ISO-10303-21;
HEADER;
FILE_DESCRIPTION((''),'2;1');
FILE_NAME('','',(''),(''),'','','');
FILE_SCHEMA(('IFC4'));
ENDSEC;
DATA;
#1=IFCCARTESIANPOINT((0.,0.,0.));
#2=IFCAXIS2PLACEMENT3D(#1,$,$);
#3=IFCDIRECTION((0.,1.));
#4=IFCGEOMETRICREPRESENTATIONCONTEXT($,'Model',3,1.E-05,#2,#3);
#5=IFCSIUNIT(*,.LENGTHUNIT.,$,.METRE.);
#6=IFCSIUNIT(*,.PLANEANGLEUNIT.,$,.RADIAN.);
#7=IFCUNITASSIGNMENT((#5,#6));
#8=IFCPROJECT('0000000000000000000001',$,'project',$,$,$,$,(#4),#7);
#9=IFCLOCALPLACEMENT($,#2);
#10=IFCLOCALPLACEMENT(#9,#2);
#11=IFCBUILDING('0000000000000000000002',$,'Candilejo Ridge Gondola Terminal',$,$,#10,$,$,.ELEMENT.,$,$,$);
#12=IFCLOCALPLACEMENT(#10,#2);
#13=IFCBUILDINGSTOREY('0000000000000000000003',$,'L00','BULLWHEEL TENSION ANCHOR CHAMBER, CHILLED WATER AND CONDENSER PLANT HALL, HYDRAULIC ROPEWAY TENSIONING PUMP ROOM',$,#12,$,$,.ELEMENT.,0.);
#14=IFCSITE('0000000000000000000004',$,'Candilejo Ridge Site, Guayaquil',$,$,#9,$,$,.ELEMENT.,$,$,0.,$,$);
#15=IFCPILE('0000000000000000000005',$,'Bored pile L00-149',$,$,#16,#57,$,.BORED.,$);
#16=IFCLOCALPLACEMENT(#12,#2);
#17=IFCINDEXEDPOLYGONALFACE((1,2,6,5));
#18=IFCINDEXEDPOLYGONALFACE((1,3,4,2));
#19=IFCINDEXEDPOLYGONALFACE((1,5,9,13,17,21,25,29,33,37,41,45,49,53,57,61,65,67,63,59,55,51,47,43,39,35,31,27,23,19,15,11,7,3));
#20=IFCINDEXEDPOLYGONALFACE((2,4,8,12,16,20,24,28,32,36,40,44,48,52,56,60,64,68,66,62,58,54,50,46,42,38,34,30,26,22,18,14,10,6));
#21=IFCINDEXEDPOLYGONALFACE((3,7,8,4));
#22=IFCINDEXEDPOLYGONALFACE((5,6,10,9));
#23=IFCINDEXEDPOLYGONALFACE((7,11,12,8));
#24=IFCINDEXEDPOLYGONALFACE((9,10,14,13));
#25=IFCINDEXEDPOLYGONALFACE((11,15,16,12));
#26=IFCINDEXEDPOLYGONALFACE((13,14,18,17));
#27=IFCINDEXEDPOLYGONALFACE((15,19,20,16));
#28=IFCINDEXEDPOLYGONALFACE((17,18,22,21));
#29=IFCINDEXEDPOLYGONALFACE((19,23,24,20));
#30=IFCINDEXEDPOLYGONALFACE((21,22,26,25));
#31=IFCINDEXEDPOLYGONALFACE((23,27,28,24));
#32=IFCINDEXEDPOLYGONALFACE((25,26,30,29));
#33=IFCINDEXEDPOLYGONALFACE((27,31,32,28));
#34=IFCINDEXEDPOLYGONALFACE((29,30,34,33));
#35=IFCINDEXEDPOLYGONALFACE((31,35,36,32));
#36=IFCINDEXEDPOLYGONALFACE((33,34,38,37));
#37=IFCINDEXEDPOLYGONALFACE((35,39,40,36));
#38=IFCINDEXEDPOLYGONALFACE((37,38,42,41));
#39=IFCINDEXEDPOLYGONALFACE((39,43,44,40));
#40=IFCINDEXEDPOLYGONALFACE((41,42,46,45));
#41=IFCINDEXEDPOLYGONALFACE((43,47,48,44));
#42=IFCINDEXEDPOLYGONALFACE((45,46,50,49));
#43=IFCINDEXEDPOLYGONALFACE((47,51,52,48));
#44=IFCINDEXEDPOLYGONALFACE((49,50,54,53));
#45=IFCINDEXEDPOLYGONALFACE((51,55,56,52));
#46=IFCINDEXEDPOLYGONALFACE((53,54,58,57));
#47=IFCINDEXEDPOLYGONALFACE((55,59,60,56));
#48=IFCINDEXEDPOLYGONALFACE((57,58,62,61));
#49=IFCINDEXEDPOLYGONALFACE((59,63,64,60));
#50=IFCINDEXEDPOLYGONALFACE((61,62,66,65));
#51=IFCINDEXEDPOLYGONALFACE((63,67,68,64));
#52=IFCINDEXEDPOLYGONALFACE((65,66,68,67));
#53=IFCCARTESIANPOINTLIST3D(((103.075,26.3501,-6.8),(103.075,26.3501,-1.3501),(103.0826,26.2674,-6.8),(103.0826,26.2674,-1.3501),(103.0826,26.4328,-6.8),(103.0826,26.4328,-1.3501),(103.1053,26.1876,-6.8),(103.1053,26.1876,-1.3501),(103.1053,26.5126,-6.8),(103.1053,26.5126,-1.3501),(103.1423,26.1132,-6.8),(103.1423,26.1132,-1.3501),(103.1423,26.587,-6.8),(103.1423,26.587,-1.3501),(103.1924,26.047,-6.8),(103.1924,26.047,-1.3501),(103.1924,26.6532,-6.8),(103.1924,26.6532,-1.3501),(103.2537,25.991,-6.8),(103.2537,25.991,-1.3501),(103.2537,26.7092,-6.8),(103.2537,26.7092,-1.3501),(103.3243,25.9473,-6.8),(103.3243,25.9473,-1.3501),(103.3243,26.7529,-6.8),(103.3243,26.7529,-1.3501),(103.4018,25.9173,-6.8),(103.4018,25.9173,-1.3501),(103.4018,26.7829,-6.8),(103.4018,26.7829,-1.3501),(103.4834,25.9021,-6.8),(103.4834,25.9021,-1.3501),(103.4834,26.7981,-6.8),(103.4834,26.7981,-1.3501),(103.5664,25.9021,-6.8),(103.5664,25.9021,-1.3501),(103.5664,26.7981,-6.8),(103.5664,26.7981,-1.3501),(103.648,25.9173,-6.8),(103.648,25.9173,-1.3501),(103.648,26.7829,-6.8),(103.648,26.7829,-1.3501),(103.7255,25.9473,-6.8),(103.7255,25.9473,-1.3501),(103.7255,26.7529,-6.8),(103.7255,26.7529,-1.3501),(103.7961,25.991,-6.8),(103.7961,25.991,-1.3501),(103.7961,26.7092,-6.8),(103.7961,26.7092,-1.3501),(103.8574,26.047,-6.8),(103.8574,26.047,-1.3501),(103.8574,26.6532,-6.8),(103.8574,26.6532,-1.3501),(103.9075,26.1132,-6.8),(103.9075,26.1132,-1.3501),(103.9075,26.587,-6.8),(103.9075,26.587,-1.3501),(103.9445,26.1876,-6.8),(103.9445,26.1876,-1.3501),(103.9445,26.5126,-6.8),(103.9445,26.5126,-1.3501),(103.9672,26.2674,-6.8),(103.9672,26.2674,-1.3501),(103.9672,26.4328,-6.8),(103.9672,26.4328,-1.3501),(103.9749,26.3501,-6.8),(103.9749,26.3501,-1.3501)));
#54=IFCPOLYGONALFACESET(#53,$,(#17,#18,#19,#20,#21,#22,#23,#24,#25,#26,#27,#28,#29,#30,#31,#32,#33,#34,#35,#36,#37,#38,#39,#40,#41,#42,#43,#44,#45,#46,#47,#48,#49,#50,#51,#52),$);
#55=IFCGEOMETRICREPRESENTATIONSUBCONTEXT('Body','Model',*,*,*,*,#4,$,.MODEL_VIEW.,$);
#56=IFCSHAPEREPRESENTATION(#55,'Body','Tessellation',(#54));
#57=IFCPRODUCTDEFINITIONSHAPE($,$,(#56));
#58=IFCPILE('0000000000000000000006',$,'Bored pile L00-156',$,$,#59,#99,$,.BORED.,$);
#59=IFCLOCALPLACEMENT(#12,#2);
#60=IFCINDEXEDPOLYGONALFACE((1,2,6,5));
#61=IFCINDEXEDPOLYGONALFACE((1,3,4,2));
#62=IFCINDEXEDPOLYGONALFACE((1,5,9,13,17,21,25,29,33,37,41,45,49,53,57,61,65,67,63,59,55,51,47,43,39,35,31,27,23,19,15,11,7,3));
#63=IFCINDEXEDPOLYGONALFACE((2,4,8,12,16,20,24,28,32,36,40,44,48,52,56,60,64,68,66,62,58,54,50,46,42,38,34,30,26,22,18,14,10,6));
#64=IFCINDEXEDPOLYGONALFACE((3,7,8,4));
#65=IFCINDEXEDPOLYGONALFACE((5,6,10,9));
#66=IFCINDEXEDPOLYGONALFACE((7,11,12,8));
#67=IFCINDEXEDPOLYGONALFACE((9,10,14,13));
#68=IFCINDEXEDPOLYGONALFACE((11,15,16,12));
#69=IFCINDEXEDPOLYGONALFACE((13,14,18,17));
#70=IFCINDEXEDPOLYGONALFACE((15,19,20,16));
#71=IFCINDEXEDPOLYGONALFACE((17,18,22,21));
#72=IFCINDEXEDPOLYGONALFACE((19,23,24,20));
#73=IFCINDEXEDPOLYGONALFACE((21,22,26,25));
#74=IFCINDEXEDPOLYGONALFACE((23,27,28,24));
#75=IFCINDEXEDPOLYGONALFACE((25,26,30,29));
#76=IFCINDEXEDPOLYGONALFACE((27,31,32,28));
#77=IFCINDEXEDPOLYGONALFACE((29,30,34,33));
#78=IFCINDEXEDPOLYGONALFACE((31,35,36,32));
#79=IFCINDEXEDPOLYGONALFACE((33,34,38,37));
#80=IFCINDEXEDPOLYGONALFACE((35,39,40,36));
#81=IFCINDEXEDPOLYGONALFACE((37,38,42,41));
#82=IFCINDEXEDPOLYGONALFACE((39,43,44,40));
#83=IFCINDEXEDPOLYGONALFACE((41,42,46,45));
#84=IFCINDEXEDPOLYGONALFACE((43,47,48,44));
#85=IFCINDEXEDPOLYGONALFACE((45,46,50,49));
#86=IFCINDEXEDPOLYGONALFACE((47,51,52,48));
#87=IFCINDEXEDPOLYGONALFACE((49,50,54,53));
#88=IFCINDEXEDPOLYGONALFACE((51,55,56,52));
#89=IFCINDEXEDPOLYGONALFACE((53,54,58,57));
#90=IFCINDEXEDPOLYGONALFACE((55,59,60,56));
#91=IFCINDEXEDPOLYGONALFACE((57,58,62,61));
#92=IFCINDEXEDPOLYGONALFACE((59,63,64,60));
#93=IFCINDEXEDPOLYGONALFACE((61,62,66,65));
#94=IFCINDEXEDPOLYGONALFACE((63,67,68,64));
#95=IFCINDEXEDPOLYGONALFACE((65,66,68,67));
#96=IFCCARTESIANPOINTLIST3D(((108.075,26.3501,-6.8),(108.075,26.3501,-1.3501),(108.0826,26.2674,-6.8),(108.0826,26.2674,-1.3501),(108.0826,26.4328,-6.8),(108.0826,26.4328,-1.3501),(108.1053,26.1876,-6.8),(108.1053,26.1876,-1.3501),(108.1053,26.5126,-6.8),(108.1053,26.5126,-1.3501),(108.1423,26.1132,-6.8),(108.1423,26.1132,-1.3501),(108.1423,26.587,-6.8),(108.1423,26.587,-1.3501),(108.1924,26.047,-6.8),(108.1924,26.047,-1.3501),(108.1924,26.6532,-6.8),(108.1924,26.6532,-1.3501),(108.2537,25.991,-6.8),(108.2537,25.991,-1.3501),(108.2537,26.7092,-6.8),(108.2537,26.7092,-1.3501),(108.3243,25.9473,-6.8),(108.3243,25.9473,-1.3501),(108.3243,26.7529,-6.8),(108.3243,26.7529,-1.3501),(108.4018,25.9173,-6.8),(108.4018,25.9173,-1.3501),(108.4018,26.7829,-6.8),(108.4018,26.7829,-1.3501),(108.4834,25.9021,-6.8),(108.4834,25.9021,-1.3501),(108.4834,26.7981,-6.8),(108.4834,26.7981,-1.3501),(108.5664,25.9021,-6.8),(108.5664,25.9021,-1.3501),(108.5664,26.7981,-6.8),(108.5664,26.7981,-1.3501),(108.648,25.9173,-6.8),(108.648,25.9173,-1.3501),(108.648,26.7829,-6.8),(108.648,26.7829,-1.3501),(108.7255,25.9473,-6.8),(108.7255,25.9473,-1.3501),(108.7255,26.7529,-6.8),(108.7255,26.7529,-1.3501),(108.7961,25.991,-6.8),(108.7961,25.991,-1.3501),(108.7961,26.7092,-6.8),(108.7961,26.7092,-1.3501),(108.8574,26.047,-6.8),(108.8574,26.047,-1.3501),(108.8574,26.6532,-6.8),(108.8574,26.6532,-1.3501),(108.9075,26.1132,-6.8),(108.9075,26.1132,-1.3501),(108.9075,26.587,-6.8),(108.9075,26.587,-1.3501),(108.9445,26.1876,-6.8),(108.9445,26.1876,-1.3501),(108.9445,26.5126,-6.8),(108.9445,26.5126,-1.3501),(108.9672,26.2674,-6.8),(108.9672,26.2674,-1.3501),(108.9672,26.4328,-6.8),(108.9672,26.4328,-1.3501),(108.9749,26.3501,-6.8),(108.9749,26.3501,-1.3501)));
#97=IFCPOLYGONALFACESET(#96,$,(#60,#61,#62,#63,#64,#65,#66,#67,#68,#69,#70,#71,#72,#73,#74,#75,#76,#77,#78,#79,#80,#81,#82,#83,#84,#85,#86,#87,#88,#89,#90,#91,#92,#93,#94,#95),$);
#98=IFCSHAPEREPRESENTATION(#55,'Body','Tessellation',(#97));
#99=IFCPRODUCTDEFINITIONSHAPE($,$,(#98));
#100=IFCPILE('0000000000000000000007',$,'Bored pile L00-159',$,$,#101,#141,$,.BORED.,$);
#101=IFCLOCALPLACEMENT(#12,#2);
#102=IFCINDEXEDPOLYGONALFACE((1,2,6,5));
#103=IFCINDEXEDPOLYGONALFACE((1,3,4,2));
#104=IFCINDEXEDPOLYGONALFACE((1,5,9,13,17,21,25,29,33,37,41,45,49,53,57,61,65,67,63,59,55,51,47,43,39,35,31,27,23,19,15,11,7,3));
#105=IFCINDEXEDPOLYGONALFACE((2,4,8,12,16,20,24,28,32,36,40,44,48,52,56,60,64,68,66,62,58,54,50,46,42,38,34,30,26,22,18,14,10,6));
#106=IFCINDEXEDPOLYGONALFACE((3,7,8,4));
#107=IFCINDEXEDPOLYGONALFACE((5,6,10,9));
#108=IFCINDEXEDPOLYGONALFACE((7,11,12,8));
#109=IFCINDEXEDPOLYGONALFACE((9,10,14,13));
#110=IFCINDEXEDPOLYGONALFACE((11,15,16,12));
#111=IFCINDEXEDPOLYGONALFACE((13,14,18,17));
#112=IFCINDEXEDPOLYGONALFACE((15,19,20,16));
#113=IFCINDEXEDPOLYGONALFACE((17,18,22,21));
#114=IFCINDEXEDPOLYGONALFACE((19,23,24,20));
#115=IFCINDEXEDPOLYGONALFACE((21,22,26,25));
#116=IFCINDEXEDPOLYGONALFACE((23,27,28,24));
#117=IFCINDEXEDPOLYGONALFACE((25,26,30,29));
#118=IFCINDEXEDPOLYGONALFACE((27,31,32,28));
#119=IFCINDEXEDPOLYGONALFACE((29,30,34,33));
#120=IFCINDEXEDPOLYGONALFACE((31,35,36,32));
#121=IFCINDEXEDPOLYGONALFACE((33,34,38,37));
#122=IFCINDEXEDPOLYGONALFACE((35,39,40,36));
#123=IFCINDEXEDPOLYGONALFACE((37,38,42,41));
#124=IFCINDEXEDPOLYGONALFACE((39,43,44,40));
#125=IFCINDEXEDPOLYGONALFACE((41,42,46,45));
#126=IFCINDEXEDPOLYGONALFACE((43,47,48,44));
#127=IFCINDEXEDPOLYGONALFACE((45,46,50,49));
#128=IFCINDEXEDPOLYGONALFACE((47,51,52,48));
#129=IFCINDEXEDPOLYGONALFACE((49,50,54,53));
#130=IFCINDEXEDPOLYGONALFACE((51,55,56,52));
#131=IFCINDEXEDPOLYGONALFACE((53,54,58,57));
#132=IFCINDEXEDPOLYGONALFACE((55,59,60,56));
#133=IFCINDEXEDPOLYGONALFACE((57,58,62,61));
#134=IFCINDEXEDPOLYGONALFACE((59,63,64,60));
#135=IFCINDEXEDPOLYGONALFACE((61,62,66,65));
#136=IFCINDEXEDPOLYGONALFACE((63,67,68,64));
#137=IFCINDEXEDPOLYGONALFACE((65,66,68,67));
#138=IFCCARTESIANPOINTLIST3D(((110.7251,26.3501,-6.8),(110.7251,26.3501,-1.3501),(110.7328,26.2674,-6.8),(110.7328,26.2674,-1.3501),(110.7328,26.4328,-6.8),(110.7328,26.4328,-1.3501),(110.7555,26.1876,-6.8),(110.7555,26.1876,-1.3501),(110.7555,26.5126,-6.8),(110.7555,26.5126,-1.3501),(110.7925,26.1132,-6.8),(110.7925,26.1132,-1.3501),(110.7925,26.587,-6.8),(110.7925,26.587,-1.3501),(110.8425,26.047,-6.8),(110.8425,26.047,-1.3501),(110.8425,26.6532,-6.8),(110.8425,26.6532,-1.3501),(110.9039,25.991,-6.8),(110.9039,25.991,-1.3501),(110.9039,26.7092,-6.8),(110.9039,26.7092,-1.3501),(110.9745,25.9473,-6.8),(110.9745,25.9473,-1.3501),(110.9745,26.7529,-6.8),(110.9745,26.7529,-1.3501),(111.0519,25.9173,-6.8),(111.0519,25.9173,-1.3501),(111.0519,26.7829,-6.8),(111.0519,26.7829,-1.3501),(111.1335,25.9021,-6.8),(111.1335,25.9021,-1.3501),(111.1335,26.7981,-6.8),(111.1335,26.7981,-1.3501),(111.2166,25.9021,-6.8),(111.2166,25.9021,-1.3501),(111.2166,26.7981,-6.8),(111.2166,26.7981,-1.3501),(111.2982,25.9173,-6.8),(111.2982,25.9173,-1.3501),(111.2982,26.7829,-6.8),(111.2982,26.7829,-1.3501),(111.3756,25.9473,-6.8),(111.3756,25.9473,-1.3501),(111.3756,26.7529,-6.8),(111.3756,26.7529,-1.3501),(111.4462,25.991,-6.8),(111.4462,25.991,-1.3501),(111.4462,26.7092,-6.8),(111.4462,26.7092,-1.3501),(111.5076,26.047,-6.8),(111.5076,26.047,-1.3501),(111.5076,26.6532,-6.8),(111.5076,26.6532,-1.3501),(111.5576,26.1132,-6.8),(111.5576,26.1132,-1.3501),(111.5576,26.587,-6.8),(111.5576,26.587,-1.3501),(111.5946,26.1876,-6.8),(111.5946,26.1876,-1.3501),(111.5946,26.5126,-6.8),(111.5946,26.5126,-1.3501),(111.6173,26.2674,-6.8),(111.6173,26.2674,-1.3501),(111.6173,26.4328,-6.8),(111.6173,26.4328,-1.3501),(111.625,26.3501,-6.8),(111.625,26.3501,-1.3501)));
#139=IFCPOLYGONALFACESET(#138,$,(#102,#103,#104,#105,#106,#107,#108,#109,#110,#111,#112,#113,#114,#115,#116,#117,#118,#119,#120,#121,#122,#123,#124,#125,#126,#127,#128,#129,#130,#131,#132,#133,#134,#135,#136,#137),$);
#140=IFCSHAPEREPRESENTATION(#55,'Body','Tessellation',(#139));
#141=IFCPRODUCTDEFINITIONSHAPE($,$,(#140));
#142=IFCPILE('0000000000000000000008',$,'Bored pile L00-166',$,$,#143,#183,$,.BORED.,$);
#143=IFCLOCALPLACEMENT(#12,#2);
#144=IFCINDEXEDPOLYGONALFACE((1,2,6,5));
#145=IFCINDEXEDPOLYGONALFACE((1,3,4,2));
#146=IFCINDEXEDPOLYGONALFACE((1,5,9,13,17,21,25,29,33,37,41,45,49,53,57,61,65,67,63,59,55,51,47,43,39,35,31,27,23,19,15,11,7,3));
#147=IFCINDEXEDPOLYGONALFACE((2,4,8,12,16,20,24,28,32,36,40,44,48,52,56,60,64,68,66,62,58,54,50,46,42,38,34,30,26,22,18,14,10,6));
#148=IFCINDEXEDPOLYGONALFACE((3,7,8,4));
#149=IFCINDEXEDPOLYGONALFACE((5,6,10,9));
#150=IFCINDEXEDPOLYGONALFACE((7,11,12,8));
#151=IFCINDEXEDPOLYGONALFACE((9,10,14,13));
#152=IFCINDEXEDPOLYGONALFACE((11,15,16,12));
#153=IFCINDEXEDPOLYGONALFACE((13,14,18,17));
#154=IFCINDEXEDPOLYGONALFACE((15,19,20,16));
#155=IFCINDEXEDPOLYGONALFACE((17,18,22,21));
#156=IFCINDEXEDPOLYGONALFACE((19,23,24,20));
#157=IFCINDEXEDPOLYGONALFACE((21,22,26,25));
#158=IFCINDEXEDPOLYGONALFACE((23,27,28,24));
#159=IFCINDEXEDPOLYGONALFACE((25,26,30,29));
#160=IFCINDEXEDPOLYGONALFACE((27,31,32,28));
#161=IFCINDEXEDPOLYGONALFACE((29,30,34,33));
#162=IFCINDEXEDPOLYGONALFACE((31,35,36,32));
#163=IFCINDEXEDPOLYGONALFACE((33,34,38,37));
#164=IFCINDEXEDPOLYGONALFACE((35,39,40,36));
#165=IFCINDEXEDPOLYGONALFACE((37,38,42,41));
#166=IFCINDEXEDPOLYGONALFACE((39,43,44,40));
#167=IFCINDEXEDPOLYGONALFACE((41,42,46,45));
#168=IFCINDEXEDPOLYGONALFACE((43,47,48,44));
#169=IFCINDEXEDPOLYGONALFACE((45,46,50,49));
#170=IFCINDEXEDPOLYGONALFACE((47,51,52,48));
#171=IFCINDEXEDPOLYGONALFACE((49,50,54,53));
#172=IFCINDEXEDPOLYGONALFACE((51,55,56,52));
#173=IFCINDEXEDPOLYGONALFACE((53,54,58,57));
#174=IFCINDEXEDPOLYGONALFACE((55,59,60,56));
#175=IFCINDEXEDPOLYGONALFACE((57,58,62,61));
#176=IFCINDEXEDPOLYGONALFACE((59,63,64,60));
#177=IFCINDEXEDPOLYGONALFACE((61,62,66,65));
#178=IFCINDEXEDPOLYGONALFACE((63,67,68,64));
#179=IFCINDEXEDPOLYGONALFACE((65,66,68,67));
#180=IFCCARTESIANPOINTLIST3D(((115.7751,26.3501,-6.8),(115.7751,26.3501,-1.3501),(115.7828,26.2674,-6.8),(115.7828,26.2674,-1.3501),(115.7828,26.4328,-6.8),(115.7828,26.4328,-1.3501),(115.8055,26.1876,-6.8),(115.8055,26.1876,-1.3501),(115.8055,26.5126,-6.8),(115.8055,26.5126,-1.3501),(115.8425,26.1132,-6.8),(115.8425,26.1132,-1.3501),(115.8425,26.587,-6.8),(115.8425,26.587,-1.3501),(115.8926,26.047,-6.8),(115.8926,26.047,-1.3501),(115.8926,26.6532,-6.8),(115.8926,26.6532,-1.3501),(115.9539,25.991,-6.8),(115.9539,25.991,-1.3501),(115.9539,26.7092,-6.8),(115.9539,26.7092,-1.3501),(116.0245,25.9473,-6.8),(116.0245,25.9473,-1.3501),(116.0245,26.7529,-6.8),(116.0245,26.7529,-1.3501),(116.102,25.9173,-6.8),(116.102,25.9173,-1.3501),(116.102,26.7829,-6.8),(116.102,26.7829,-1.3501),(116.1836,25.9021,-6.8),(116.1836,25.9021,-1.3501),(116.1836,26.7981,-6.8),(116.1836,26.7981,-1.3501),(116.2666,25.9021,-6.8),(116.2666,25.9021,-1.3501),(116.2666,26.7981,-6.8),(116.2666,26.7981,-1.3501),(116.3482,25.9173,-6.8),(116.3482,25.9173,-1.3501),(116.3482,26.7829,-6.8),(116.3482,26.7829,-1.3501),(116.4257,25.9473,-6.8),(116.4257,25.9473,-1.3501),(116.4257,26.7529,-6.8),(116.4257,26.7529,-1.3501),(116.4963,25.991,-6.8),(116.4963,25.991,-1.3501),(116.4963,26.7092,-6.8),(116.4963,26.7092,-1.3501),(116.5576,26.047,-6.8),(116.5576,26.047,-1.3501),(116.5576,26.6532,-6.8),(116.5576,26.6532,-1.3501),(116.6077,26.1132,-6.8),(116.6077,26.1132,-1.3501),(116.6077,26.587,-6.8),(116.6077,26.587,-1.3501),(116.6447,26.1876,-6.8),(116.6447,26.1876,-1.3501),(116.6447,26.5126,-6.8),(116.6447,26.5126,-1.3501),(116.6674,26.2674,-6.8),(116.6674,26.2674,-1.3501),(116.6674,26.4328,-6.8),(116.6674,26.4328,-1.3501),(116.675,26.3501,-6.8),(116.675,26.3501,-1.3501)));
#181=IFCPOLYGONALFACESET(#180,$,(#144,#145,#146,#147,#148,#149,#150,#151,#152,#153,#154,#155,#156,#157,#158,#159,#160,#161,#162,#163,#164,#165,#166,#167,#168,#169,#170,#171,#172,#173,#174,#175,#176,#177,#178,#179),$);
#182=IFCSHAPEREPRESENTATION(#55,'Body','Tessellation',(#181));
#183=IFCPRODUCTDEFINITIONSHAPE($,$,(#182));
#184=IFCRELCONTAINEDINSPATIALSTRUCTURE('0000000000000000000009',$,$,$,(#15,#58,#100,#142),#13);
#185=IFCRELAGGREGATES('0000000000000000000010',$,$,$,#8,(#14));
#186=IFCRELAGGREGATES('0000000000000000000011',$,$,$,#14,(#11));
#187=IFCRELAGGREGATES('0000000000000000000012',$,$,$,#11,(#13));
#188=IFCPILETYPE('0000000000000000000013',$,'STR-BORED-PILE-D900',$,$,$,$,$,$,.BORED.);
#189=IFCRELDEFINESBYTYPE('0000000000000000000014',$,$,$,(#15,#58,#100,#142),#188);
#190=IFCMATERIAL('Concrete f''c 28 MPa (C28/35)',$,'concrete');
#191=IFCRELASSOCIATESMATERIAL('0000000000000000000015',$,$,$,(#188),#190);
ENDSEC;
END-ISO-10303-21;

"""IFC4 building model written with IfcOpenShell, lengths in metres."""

from ifc_helpers import new_model, si_unit, direction, frame, origin, origin_2d, place, context, subcontext, project, spatial, circle, extrude, material, material_profile, profile_set, type_object, element, save


model = new_model("IFC4")

# Units and contexts
model_context = context("Model", 3, precision=1e-05, world=origin(), true_north=direction((0.0, 1.0)))
body_context = subcontext(model_context, "Body", "Model", "MODEL_VIEW")
ifc_project = project(units=[si_unit("LENGTHUNIT", "METRE"), si_unit("PLANEANGLEUNIT", "RADIAN")], contexts=[model_context])

# Site, building, storey
site_placement = place(None, origin())
site = spatial("IfcSite", under=ifc_project, at=site_placement, Name="Candilejo Ridge Site, Guayaquil", CompositionType="ELEMENT", RefElevation=0.0)
building_placement = place(site_placement, origin())
building = spatial("IfcBuilding", under=site, at=building_placement, Name="Candilejo Ridge Gondola Terminal", CompositionType="ELEMENT")
storey_placement = place(building_placement, origin())
storey = spatial("IfcBuildingStorey", under=building, at=storey_placement, Name="L00", Description="BULLWHEEL TENSION ANCHOR CHAMBER, CHILLED WATER AND CONDENSER PLANT HALL, HYDRAULIC ROPEWAY TENSIONING PUMP ROOM", CompositionType="ELEMENT", Elevation=0.0)

# Piles
ifc_material_1 = material(Name="Concrete f'c 28 MPa (C28/35)", Category="concrete")
ifc_material_profile_1 = material_profile(ifc_material_1, circle(Radius=0.45, at=origin_2d()))
ifc_profile_set_1 = profile_set([ifc_material_profile_1], Name="Concrete f'c 28 MPa (C28/35)")
pile_type = type_object("IfcPileType", Name="STR-BORED-PILE-D900", PredefinedType="BORED", material=ifc_profile_set_1)
for number, where, z_axis, x_axis, name in (
    (1, (103.5249, 26.3501, -1.3501), (0.0, 0.0, -1.0), (1.0, 0.0, 0.0), "Bored pile L00-149"),
    (2, (108.5249, 26.3501, -1.3501), (0.0, 0.0, -1.0), (1.0, 0.0, 0.0), "Bored pile L00-156"),
    (3, (111.175, 26.3501, -1.3501), (0.0, 0.0, -1.0), (1.0, 0.0, 0.0), "Bored pile L00-159"),
    (4, (116.2251, 26.3501, -1.3501), (0.0, 0.0, -1.0), (1.0, 0.0, 0.0), "Bored pile L00-166"),
):
    element("IfcPile", number, at=place(storey_placement, frame(where, z_axis=z_axis, x_axis=x_axis)), inside=storey, type_object=pile_type, Name=name, PredefinedType="BORED", context=body_context, shape_type="SweptSolid", body=[
        extrude(circle(Radius=0.45, at=origin_2d()), origin(), (0.0, 0.0, 1.0), 5.45),
    ])

save(model, "model.ifc")
